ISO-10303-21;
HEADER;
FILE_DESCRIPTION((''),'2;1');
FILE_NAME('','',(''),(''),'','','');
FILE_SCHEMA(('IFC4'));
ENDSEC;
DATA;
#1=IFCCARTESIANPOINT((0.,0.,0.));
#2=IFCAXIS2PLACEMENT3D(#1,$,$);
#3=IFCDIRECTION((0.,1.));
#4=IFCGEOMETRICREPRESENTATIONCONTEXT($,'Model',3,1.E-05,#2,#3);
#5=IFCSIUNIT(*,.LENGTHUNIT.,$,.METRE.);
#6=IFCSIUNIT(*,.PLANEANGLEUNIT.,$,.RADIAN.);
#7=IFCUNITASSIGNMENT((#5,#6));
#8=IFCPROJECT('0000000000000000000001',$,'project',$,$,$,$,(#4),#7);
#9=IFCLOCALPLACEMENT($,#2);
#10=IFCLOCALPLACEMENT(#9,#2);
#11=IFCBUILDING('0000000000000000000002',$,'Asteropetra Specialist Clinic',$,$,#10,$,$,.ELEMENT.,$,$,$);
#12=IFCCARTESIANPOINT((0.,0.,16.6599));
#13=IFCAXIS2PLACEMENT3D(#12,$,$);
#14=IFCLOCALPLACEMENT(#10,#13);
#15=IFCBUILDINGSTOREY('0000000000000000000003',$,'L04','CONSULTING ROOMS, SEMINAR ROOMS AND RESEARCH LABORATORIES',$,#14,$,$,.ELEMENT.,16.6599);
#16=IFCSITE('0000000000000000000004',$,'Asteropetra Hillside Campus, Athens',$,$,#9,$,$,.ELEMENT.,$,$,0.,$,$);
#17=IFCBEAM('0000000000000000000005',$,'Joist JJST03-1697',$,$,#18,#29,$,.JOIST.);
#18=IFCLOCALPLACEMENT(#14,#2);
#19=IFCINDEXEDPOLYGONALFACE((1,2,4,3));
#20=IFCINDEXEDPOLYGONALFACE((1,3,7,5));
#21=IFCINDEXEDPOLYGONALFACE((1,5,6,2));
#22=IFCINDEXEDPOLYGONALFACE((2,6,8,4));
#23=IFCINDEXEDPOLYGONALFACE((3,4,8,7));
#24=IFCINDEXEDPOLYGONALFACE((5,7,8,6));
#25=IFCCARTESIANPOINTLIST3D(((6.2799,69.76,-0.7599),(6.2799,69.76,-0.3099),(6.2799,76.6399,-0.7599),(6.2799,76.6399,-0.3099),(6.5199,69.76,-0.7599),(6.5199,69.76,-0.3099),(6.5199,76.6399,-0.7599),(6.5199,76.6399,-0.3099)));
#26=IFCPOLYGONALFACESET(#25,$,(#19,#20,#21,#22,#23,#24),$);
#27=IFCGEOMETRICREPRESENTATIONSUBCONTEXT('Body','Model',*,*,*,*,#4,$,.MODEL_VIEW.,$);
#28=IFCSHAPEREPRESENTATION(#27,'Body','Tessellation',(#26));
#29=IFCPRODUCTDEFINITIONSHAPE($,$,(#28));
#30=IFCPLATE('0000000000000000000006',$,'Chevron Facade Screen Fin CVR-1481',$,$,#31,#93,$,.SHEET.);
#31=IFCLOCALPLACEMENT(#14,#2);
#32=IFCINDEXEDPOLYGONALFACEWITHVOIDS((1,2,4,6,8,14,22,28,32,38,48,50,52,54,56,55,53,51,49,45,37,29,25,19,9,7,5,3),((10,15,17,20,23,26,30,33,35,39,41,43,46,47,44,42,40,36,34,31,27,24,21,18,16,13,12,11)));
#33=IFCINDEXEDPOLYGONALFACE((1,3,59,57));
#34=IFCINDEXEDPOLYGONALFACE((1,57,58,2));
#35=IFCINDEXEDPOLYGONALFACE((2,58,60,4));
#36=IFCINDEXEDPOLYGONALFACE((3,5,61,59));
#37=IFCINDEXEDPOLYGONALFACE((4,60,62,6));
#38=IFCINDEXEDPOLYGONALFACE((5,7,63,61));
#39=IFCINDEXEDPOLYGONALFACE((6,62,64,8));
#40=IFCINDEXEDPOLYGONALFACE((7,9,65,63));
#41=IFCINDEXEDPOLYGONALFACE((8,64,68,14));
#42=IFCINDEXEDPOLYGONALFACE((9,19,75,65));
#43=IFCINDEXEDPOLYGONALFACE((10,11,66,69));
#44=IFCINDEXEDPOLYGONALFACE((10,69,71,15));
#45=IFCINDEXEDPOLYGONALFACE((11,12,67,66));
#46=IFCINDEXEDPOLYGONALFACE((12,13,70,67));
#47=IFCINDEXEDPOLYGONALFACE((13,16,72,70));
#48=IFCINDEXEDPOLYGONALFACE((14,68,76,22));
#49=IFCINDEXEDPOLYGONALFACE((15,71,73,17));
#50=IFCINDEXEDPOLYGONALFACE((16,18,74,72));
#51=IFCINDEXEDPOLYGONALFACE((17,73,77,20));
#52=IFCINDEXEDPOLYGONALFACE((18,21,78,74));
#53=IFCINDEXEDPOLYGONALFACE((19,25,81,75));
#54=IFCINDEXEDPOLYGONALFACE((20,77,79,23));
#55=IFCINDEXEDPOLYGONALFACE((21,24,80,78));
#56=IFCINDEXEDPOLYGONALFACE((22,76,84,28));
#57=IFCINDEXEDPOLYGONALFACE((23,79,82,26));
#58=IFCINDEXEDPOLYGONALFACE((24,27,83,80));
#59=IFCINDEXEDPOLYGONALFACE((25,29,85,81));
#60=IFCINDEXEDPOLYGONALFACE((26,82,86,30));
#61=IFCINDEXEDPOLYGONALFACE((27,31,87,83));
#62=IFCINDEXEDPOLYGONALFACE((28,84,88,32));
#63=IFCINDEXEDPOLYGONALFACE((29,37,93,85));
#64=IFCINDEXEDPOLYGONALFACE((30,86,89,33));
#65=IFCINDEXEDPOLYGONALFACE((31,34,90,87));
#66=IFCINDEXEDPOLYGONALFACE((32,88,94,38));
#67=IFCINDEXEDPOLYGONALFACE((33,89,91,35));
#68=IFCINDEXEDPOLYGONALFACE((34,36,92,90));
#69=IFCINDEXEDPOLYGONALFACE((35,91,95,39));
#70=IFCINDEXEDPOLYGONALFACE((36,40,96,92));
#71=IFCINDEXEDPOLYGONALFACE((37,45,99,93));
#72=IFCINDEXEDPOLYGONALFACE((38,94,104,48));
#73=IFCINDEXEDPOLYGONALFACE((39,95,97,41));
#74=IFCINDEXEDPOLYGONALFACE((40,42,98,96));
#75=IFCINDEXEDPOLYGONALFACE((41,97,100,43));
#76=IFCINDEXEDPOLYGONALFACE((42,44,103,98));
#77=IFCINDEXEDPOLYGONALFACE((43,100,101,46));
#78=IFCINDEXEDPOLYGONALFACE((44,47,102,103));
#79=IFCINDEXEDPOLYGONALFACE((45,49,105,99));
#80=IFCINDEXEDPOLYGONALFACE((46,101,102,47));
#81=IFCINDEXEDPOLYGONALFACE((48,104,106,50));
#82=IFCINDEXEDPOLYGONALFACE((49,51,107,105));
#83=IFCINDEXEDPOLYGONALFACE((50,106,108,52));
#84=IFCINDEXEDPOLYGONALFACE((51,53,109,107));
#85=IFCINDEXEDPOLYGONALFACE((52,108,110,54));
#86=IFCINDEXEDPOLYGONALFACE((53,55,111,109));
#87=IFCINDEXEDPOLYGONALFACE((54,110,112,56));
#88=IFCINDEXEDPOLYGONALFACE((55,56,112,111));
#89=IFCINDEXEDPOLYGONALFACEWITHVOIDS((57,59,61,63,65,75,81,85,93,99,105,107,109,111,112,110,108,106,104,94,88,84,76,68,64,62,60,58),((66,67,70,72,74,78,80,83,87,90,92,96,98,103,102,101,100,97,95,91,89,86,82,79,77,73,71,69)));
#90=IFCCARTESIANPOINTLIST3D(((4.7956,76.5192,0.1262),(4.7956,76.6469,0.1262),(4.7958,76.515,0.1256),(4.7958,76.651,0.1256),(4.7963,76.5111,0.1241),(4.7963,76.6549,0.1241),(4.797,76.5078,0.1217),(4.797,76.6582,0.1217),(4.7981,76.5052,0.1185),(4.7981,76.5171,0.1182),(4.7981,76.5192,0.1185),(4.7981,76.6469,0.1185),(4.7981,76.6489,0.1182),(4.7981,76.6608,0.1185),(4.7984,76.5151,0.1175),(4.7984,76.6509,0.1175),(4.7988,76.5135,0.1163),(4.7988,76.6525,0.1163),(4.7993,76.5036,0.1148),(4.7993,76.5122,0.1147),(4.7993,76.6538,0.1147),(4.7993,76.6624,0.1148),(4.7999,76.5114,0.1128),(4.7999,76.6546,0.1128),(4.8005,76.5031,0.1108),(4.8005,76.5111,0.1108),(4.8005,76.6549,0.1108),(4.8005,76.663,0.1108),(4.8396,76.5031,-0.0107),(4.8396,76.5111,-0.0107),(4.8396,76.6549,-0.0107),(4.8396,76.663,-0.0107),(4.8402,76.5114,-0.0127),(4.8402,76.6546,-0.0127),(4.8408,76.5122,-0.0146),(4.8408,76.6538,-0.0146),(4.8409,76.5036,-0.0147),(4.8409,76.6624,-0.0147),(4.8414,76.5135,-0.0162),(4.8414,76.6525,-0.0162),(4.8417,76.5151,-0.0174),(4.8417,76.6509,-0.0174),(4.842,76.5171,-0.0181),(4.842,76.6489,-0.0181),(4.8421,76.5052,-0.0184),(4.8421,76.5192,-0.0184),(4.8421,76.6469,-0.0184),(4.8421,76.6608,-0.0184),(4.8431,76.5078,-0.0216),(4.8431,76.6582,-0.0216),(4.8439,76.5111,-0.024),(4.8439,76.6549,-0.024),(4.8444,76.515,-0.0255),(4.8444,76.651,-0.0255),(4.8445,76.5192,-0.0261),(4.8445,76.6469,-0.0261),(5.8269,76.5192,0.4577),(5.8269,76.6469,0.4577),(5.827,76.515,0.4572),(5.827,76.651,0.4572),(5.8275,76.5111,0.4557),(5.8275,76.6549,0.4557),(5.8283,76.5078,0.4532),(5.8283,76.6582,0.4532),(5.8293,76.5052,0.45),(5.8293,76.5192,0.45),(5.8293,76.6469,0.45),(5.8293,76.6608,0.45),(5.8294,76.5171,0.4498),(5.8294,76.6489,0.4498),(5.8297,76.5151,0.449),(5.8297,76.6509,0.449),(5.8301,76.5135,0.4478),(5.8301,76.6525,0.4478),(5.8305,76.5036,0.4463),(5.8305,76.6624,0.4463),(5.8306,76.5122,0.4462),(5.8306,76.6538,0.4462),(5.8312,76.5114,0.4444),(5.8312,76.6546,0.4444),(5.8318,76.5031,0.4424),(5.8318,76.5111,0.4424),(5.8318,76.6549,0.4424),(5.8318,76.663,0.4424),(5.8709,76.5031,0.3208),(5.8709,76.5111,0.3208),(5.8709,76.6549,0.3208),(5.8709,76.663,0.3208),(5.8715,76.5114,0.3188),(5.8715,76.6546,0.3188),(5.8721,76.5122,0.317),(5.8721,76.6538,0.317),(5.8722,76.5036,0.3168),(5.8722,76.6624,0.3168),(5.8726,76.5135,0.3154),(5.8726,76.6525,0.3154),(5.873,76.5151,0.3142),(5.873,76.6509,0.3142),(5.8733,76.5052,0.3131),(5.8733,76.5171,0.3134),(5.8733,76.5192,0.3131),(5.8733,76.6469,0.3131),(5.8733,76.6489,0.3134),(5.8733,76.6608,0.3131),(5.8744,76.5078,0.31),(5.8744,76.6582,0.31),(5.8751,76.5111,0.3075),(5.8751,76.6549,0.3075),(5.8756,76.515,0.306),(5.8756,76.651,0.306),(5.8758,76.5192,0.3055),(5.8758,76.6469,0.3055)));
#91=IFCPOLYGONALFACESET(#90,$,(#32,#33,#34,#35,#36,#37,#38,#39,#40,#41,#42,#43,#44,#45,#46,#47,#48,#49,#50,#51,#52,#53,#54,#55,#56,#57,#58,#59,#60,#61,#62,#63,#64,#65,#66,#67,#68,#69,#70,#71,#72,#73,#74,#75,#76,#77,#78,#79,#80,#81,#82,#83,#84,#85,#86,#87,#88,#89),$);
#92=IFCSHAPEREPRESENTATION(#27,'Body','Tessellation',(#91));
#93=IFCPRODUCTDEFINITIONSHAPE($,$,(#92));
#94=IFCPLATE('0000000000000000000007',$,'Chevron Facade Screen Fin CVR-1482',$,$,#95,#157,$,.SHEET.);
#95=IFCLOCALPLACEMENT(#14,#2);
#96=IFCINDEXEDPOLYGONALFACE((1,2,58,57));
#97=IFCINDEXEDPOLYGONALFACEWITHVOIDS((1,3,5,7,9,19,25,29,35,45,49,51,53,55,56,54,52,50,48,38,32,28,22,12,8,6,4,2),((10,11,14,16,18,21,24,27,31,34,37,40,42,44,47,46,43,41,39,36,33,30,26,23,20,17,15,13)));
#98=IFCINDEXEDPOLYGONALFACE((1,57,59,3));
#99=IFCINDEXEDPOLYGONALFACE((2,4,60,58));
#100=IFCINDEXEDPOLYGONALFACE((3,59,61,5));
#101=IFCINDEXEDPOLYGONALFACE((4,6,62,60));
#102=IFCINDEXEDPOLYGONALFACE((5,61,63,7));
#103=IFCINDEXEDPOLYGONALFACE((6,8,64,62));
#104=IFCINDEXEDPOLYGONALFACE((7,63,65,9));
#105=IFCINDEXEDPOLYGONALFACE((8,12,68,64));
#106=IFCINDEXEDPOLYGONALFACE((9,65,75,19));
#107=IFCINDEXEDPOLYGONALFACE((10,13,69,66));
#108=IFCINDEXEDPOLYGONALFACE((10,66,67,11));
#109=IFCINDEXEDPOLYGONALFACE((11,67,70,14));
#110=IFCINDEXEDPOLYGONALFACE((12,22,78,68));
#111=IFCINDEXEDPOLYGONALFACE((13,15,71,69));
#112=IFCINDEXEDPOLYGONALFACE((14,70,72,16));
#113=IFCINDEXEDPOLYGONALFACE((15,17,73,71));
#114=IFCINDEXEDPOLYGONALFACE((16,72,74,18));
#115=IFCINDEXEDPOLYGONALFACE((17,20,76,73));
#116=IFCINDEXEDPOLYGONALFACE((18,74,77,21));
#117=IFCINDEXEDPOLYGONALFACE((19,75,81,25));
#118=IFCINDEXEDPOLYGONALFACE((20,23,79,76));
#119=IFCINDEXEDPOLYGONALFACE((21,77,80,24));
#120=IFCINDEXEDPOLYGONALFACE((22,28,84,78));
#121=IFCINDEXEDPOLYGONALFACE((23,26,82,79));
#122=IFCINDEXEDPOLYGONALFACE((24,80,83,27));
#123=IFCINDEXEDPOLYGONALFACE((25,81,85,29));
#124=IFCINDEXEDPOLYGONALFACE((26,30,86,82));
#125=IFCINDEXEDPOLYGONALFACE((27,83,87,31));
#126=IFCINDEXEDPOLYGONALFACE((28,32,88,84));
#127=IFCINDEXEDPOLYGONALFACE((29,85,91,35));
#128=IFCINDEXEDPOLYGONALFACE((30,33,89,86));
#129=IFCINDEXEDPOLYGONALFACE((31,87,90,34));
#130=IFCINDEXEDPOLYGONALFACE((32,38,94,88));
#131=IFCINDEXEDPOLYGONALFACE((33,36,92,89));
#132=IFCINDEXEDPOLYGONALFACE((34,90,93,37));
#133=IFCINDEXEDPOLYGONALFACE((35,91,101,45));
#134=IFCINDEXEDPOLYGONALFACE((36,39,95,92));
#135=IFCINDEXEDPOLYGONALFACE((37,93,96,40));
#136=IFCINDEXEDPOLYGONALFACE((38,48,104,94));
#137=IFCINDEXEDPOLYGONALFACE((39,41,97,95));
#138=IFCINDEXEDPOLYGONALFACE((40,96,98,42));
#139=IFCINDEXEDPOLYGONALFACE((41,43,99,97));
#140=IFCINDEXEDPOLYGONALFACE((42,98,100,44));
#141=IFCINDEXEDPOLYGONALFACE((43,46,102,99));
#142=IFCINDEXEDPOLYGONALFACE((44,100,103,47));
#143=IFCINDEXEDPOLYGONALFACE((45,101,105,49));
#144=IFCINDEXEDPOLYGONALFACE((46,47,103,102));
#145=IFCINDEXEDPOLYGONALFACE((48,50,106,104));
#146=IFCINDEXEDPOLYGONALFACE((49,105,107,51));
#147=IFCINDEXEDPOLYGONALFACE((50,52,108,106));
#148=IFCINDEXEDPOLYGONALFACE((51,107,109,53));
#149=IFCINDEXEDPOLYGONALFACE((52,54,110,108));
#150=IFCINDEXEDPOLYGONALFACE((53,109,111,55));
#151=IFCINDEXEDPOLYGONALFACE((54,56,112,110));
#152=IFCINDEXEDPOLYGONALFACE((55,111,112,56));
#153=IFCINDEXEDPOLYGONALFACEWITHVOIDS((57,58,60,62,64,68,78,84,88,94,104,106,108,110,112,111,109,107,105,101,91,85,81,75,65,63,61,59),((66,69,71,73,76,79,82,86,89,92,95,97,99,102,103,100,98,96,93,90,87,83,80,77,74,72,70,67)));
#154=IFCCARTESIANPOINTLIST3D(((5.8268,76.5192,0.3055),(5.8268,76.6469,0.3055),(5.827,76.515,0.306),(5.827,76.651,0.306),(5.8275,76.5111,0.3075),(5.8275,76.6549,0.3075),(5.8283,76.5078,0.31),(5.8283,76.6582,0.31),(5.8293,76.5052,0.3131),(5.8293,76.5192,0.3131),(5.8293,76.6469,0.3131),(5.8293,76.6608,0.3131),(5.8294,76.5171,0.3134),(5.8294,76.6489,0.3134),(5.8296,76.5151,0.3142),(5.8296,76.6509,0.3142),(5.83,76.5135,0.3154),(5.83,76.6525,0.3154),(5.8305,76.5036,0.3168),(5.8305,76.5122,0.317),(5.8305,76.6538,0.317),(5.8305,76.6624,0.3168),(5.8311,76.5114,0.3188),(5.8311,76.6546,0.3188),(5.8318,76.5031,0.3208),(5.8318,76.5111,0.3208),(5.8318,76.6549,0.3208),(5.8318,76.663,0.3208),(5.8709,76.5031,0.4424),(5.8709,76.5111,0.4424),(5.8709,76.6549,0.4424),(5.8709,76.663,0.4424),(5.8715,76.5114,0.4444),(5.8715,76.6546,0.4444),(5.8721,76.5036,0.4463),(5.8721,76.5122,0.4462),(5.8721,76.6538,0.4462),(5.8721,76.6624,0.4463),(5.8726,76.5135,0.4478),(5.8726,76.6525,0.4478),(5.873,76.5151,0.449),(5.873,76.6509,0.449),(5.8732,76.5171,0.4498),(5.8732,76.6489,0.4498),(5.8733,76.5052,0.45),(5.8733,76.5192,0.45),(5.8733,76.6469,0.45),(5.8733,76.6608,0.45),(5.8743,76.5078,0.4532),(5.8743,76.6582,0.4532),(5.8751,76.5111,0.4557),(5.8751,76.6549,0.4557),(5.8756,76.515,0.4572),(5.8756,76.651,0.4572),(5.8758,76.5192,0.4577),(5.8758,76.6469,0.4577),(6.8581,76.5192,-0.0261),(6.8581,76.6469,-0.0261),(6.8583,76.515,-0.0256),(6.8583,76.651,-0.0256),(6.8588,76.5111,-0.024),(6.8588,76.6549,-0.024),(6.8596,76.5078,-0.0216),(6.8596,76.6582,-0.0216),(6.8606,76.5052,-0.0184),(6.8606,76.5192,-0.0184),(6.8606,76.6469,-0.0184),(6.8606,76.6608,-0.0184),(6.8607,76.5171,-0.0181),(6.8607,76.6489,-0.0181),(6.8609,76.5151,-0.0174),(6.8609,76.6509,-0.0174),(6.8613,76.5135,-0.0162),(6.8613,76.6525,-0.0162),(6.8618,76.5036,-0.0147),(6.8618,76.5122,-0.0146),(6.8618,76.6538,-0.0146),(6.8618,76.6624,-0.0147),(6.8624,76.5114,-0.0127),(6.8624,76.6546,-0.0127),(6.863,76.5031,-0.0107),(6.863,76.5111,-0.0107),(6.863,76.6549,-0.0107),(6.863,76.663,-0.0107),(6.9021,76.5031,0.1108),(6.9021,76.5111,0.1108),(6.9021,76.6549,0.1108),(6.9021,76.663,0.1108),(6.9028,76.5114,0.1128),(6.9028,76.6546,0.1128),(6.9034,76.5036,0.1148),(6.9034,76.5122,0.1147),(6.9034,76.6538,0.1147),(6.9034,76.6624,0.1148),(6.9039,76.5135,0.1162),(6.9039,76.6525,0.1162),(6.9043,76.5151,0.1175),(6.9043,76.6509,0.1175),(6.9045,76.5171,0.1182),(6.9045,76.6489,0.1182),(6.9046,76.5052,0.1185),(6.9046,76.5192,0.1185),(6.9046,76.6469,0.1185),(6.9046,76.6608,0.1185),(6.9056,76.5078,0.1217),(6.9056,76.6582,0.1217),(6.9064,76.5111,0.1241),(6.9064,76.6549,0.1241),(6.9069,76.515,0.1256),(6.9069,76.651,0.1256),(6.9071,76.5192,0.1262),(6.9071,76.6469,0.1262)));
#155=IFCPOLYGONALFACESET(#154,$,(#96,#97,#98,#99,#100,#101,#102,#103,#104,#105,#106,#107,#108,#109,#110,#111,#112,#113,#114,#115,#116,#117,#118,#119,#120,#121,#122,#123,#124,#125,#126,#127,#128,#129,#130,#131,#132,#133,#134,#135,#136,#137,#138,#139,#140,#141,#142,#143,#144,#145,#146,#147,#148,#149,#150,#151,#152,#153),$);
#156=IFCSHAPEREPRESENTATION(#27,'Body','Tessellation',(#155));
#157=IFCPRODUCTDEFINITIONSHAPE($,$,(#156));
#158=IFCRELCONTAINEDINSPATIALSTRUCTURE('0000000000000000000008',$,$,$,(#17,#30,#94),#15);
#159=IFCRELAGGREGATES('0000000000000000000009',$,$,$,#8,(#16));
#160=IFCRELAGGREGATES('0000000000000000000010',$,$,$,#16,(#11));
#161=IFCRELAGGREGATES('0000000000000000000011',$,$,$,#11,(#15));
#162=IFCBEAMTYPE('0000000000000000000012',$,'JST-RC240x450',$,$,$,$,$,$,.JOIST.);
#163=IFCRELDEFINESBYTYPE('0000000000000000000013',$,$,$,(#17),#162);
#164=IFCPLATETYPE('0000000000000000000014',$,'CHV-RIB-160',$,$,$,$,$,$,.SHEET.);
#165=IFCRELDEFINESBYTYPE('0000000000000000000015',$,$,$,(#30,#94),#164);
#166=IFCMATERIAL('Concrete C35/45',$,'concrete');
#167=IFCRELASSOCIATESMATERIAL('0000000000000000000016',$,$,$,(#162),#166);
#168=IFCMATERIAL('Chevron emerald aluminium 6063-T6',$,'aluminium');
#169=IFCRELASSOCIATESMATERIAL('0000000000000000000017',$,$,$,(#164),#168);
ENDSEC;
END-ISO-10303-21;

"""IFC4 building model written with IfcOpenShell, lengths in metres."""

from ifc_helpers import new_model, si_unit, direction, frame, origin, origin_2d, place, context, subcontext, project, spatial, rectangle, hollow_rectangle, extrude, material, material_profile, profile_set, type_object, element, save


model = new_model("IFC4")

# Units and contexts
model_context = context("Model", 3, precision=1e-05, world=origin(), true_north=direction((0.0, 1.0)))
body_context = subcontext(model_context, "Body", "Model", "MODEL_VIEW")
ifc_project = project(units=[si_unit("LENGTHUNIT", "METRE"), si_unit("PLANEANGLEUNIT", "RADIAN")], contexts=[model_context])

# Site, building, storey
site_placement = place(None, origin())
site = spatial("IfcSite", under=ifc_project, at=site_placement, Name="Asteropetra Hillside Campus, Athens", CompositionType="ELEMENT", RefElevation=0.0)
building_placement = place(site_placement, origin())
building = spatial("IfcBuilding", under=site, at=building_placement, Name="Asteropetra Specialist Clinic", CompositionType="ELEMENT")
storey_placement = place(building_placement, frame((0.0, 0.0, 16.6599)))
storey = spatial("IfcBuildingStorey", under=building, at=storey_placement, Name="L04", Description="CONSULTING ROOMS, SEMINAR ROOMS AND RESEARCH LABORATORIES", CompositionType="ELEMENT", Elevation=16.6599)

# Beam
ifc_material_1 = material(Name="Concrete C35/45", Category="concrete")
ifc_material_profile_1 = material_profile(ifc_material_1, rectangle(XDim=0.24, YDim=0.45, at=origin_2d()), Name="RCJ 240x450")
ifc_profile_set_1 = profile_set([ifc_material_profile_1], Name="Concrete C35/45")
beam_type = type_object("IfcBeamType", Name="JST-RC240x450", PredefinedType="JOIST", material=ifc_profile_set_1)
beam_placement = place(storey_placement, frame((6.3999, 69.76, -0.5349), z_axis=(0.0, 1.0, 0.0), x_axis=(-1.0, 0.0, 0.0)))
element("IfcBeam", 1, at=beam_placement, inside=storey, type_object=beam_type, Name="Joist JJST03-1697", PredefinedType="JOIST", context=body_context, shape_type="SweptSolid", body=[
    extrude(rectangle(XDim=0.24, YDim=0.45, at=origin_2d()), origin(), (0.0, 0.0, 1.0), 6.8799),
])

# Plates
ifc_material_2 = material(Name="Chevron emerald aluminium 6063-T6", Category="aluminium")
ifc_material_profile_2 = material_profile(ifc_material_2, hollow_rectangle(XDim=0.1599, YDim=0.1599, WallThickness=0.0081, InnerFilletRadius=0.0081, OuterFilletRadius=0.0161, at=origin_2d()), Name="SHS 160x160x8.0")
ifc_profile_set_2 = profile_set([ifc_material_profile_2], Name="Chevron emerald aluminium 6063-T6")
plate_type_1 = type_object("IfcPlateType", Name="CHV-RIB-160", PredefinedType="SHEET", material=ifc_profile_set_2)
for number, where, z_axis, x_axis, name in (
    (2, (4.8201, 76.583, 0.05), (0.95201, 0.0, 0.306068), (0.0, 1.0, 0.0), "Chevron Facade Screen Fin CVR-1481"),
    (3, (5.8513, 76.583, 0.3816), (0.95201, 0.0, -0.306068), (0.0, 1.0, 0.0), "Chevron Facade Screen Fin CVR-1482"),
):
    element("IfcPlate", number, at=place(storey_placement, frame(where, z_axis=z_axis, x_axis=x_axis)), inside=storey, type_object=plate_type_1, Name=name, PredefinedType="SHEET", context=body_context, shape_type="SweptSolid", body=[
        extrude(hollow_rectangle(XDim=0.1599, YDim=0.1599, WallThickness=0.0081, InnerFilletRadius=0.0081, OuterFilletRadius=0.0161, at=origin_2d()), origin(), (0.0, 0.0, 1.0), 1.0833),
    ])

save(model, "model.ifc")
